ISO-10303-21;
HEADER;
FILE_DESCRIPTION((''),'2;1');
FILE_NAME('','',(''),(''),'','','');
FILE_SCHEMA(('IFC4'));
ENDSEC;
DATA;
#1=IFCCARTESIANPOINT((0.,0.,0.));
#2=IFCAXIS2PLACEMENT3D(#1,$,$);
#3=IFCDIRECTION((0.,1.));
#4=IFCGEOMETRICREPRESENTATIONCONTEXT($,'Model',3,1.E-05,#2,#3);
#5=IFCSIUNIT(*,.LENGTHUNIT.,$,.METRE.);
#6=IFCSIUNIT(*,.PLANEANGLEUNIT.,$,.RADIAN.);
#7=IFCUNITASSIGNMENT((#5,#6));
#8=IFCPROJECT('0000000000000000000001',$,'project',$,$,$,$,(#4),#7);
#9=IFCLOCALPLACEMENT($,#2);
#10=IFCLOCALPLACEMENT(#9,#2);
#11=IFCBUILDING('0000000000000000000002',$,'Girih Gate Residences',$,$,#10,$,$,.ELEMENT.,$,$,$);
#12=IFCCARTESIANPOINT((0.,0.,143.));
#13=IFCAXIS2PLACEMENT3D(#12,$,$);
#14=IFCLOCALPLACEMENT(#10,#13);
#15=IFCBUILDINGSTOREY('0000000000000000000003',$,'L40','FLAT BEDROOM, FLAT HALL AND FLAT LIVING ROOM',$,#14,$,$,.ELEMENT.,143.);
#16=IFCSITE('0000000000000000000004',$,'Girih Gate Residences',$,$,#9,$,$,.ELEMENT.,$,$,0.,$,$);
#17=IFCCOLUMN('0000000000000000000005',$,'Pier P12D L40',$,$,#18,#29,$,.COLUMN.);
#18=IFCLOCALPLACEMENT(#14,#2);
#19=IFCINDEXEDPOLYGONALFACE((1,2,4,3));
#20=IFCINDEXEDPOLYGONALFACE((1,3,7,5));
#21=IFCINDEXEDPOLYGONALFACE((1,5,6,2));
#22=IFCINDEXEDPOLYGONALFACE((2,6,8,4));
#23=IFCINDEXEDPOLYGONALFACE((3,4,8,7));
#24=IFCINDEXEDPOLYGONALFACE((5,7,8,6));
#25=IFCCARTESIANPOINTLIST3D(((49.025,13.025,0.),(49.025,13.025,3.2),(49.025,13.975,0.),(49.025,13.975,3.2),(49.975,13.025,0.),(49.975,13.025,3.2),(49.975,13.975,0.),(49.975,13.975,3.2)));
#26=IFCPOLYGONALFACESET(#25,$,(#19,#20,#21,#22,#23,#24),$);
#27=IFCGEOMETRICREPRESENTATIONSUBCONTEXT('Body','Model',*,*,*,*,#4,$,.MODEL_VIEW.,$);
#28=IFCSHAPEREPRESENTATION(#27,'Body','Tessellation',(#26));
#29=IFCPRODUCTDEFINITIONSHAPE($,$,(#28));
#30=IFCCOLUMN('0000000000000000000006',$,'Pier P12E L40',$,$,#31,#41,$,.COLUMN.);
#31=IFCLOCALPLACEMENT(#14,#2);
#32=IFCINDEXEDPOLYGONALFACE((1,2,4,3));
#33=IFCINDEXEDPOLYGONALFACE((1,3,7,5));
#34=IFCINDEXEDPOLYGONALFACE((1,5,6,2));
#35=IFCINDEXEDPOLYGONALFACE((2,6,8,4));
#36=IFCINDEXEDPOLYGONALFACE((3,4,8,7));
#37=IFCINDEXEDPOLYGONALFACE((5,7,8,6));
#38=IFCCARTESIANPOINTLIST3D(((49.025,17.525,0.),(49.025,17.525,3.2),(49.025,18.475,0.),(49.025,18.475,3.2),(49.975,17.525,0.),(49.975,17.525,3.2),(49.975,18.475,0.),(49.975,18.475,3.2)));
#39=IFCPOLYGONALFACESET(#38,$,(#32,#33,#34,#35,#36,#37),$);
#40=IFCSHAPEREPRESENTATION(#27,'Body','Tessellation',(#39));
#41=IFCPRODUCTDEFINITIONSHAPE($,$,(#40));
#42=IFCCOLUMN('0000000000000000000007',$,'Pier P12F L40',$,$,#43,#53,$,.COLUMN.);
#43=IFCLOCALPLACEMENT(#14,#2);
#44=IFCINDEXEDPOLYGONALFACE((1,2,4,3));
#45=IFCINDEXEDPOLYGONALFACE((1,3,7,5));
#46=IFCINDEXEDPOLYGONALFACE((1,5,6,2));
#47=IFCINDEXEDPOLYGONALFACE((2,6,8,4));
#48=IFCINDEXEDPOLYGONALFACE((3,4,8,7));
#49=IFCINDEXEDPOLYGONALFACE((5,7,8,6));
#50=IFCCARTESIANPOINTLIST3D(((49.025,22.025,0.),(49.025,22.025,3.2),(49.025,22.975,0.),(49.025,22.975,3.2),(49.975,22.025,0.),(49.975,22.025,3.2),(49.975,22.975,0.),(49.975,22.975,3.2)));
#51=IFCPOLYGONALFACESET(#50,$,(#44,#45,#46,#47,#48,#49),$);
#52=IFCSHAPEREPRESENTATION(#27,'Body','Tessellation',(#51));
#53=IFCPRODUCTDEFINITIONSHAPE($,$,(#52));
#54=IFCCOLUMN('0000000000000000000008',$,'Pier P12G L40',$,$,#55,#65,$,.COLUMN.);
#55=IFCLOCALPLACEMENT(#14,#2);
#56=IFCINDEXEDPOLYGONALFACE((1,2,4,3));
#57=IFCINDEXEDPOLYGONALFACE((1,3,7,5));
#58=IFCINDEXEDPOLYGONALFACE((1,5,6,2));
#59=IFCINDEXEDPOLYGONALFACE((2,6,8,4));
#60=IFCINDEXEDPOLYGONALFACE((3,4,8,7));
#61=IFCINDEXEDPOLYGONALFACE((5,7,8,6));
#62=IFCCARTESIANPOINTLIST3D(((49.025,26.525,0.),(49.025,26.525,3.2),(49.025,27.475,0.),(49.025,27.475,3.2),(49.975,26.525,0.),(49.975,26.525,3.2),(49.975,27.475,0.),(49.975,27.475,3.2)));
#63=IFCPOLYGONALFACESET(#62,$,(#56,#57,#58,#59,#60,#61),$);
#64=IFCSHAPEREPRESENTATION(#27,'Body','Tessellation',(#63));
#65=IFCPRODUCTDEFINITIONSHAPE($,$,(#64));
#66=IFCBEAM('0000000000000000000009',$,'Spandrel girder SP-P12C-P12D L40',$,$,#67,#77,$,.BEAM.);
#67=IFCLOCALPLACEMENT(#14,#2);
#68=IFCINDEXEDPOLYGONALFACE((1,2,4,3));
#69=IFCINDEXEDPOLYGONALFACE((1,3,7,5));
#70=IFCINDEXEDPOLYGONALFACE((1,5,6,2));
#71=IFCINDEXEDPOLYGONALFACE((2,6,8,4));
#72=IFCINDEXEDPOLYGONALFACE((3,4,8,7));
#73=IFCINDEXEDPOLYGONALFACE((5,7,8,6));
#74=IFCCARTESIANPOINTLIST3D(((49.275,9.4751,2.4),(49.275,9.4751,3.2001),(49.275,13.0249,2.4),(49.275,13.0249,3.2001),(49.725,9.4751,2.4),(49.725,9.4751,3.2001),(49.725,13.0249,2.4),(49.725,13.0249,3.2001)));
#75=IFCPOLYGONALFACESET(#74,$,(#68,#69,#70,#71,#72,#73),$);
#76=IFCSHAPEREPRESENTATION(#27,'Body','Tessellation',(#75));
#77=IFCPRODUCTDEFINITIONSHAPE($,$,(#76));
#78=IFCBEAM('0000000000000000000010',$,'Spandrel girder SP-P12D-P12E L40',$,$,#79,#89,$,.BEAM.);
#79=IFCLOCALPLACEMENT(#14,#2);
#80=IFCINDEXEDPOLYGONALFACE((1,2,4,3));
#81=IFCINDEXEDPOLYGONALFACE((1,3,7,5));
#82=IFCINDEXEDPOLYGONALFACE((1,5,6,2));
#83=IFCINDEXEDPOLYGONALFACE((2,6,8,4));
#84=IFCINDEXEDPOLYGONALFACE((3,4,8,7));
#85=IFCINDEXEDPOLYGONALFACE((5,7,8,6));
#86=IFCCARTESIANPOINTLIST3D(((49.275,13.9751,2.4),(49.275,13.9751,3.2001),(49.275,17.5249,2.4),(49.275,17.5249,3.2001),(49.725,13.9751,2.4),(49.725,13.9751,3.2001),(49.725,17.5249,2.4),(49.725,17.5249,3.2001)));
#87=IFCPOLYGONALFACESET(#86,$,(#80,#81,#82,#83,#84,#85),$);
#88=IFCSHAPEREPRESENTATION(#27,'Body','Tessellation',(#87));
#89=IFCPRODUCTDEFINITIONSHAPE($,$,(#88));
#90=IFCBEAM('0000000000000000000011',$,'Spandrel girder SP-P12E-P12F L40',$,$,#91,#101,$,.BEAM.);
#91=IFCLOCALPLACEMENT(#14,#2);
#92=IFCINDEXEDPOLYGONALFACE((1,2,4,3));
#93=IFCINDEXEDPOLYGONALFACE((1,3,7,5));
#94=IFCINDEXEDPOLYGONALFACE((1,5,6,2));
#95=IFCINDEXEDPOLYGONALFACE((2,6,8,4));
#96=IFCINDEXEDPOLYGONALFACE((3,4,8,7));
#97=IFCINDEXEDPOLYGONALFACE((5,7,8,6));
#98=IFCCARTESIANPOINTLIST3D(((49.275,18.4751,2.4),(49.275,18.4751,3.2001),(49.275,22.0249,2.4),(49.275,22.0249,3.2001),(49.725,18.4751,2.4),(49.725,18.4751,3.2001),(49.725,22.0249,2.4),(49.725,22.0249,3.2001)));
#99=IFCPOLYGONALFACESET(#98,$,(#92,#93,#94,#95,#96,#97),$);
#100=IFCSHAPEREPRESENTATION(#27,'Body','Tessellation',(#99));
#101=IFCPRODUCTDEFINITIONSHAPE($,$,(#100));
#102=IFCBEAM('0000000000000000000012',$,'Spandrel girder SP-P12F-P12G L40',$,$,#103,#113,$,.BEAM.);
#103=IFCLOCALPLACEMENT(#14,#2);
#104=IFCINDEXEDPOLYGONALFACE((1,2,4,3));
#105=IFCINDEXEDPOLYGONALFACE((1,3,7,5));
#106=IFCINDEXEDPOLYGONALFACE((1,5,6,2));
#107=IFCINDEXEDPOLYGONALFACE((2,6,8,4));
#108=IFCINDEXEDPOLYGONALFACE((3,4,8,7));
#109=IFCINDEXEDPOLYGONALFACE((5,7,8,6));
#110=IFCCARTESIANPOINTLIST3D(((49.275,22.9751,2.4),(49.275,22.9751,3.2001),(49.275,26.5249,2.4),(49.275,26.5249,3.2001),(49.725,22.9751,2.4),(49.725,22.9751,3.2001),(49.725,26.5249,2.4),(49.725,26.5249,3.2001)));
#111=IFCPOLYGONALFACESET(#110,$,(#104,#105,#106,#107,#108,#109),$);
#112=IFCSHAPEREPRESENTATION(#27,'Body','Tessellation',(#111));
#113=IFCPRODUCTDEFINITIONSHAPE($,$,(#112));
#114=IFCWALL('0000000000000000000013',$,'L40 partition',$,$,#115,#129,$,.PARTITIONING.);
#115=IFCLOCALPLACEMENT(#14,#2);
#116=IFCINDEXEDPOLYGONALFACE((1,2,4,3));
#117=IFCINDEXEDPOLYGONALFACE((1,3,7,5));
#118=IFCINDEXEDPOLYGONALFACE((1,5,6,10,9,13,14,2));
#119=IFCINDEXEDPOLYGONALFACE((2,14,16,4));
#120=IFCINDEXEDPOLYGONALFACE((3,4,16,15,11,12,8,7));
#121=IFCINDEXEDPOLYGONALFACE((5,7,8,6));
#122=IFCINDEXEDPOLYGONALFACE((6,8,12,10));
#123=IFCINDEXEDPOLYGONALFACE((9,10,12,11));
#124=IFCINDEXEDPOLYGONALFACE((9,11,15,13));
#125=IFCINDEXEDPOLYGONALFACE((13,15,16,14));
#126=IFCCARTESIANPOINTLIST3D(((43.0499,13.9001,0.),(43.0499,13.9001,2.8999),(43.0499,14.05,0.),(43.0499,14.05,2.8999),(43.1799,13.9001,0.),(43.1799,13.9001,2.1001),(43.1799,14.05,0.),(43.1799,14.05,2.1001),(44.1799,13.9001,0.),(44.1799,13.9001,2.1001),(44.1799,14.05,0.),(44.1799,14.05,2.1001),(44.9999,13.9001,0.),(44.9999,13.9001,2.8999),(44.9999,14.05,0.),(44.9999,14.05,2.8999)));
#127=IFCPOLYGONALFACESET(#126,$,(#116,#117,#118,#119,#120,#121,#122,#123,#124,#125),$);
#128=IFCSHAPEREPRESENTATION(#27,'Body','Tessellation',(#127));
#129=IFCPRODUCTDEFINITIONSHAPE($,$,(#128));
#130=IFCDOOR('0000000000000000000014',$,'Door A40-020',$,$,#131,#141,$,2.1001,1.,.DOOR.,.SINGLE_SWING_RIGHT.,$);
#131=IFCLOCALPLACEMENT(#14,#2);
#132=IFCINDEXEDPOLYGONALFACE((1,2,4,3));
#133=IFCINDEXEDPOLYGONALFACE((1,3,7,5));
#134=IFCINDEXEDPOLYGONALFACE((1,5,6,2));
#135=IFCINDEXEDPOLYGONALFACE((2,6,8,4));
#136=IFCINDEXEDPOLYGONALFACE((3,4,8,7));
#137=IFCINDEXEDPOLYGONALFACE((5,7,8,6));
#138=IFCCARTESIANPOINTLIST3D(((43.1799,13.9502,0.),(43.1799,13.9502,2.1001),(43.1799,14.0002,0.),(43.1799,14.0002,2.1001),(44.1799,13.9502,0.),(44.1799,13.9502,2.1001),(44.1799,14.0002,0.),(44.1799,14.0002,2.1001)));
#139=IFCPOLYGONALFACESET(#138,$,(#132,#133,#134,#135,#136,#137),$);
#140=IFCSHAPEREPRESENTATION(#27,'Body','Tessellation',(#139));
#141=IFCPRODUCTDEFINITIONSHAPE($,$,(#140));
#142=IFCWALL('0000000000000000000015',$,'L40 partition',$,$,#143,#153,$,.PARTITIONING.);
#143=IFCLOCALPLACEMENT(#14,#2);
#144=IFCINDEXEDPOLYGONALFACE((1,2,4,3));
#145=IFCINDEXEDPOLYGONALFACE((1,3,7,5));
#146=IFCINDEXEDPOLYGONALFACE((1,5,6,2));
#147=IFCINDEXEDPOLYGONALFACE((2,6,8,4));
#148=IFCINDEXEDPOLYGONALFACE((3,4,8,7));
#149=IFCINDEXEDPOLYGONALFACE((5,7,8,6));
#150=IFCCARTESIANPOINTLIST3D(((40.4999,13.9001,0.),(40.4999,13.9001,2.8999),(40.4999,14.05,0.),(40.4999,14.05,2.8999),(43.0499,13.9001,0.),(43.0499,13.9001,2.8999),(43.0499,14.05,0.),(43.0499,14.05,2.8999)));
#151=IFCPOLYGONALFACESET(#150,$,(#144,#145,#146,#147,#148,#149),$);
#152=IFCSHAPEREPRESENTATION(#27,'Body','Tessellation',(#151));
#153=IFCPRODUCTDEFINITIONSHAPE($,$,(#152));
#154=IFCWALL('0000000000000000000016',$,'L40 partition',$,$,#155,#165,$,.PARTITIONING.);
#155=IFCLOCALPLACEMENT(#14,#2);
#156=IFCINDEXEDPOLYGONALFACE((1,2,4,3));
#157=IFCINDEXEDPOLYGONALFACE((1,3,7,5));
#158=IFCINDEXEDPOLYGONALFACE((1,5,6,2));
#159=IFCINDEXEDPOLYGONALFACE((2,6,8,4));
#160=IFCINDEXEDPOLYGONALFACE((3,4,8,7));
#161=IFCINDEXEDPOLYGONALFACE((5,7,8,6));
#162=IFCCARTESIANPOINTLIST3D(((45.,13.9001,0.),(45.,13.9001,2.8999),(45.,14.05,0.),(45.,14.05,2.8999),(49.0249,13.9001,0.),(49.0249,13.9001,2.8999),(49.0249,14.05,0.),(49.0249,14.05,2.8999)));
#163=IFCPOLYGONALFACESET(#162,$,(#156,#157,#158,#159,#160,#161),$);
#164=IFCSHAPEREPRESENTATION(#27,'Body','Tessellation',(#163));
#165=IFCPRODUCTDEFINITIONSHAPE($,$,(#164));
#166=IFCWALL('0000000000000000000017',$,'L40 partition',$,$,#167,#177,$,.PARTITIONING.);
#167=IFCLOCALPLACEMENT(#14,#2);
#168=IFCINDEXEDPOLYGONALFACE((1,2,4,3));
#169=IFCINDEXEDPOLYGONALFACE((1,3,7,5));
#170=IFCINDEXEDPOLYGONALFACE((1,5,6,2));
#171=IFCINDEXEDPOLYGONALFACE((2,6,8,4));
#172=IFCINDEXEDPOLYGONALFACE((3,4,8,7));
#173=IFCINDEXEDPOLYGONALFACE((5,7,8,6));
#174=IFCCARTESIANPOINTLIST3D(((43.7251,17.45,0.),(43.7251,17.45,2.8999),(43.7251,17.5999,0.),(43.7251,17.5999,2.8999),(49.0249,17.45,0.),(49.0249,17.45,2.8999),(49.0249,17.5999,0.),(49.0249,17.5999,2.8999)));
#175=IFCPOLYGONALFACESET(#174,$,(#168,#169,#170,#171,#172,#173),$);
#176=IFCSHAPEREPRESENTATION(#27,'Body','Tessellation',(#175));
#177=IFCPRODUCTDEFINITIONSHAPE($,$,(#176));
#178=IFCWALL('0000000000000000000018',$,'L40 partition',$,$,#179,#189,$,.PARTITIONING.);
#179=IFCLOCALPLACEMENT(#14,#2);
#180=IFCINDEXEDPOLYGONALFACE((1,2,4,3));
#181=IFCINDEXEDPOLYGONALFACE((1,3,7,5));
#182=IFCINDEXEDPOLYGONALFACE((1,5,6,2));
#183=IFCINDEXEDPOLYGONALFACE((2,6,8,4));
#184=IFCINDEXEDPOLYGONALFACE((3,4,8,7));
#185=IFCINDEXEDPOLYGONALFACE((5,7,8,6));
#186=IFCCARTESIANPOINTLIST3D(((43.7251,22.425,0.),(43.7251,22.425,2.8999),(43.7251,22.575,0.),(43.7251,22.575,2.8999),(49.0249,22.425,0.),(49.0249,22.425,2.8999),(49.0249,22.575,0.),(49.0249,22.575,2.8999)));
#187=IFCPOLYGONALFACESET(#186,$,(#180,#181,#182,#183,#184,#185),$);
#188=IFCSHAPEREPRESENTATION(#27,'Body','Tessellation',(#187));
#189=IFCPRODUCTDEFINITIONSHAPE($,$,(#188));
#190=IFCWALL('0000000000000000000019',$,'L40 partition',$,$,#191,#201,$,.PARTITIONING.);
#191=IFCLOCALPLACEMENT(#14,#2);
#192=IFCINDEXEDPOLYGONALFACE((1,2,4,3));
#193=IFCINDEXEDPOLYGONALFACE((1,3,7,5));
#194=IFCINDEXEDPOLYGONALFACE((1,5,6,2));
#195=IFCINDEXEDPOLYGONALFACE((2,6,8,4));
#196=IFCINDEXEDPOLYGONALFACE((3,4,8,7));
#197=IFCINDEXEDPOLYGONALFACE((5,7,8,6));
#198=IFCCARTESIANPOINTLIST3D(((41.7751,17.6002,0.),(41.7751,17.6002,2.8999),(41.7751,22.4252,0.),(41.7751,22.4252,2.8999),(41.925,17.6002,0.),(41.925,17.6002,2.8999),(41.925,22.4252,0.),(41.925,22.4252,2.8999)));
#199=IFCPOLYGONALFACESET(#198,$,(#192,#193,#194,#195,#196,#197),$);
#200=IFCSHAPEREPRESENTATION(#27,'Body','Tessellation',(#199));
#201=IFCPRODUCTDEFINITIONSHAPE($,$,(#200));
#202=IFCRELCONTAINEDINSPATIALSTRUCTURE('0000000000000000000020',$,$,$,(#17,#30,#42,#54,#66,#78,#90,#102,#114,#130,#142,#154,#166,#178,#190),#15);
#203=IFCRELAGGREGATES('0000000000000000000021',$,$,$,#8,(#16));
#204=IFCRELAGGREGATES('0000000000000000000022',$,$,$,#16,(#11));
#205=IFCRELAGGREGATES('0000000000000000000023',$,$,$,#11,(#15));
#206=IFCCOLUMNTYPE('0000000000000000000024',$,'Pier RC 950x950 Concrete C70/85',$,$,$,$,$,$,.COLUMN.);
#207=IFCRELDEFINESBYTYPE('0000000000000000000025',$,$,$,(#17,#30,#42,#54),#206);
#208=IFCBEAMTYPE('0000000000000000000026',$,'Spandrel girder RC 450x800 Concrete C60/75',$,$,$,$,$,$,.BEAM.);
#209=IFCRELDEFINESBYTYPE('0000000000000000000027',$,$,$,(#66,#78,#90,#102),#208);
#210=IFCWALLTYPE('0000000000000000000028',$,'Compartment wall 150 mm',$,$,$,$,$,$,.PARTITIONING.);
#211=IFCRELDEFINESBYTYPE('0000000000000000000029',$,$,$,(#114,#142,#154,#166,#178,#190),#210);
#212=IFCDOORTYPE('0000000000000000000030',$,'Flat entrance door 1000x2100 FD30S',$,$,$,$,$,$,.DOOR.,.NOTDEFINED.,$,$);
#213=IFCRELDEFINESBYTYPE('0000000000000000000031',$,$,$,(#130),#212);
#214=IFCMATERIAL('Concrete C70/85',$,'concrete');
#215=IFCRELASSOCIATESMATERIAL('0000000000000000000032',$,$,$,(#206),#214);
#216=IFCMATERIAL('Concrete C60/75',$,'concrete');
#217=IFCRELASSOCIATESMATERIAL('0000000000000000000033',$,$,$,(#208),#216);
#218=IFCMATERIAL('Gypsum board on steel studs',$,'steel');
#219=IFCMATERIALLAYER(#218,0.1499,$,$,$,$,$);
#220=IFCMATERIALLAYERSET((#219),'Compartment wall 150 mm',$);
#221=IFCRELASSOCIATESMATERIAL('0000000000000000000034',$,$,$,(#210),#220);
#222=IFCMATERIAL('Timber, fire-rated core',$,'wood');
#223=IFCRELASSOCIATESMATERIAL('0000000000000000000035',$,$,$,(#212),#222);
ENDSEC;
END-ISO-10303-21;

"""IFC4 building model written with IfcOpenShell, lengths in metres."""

from ifc_helpers import new_model, si_unit, direction, frame, frame_2d, origin, origin_2d, place, context, subcontext, project, spatial, rectangle, extrude, material, layer, layer_set, material_profile, profile_set, type_object, element, fill, save


model = new_model("IFC4")

# Units and contexts
model_context = context("Model", 3, precision=1e-05, world=origin(), true_north=direction((0.0, 1.0)))
body_context = subcontext(model_context, "Body", "Model", "MODEL_VIEW")
ifc_project = project(units=[si_unit("LENGTHUNIT", "METRE"), si_unit("PLANEANGLEUNIT", "RADIAN")], contexts=[model_context])

# Site, building, storey
site_placement = place(None, origin())
site = spatial("IfcSite", under=ifc_project, at=site_placement, Name="Girih Gate Residences", CompositionType="ELEMENT", RefElevation=0.0)
building_placement = place(site_placement, origin())
building = spatial("IfcBuilding", under=site, at=building_placement, Name="Girih Gate Residences", CompositionType="ELEMENT")
storey_placement = place(building_placement, frame((0.0, 0.0, 143.0)))
storey = spatial("IfcBuildingStorey", under=building, at=storey_placement, Name="L40", Description="FLAT BEDROOM, FLAT HALL AND FLAT LIVING ROOM", CompositionType="ELEMENT", Elevation=143.0)

# Columns
ifc_material_1 = material(Name="Concrete C70/85", Category="concrete")
ifc_material_profile_1 = material_profile(ifc_material_1, rectangle(XDim=0.95, YDim=0.95, at=origin_2d()))
ifc_profile_set_1 = profile_set([ifc_material_profile_1], Name="Concrete C70/85")
column_type = type_object("IfcColumnType", Name="Pier RC 950x950 Concrete C70/85", PredefinedType="COLUMN", material=ifc_profile_set_1)
for number, where, z_axis, x_axis, name in (
    (1, (49.5, 13.5, 0.0), (0.0, 0.0, 1.0), (1.0, 0.0, 0.0), "Pier P12D L40"),
    (2, (49.5, 18.0, 0.0), (0.0, 0.0, 1.0), (1.0, 0.0, 0.0), "Pier P12E L40"),
    (3, (49.5, 22.5, 0.0), (0.0, 0.0, 1.0), (1.0, 0.0, 0.0), "Pier P12F L40"),
    (4, (49.5, 27.0, 0.0), (0.0, 0.0, 1.0), (1.0, 0.0, 0.0), "Pier P12G L40"),
):
    element("IfcColumn", number, at=place(storey_placement, frame(where, z_axis=z_axis, x_axis=x_axis)), inside=storey, type_object=column_type, Name=name, PredefinedType="COLUMN", context=body_context, shape_type="SweptSolid", body=[
        extrude(rectangle(XDim=0.95, YDim=0.95, at=origin_2d()), origin(), (0.0, 0.0, 1.0), 3.2),
    ])

# Beams
ifc_material_2 = material(Name="Concrete C60/75", Category="concrete")
ifc_material_profile_2 = material_profile(ifc_material_2, rectangle(XDim=0.45, YDim=0.8, at=origin_2d()))
ifc_profile_set_2 = profile_set([ifc_material_profile_2], Name="Concrete C60/75")
beam_type = type_object("IfcBeamType", Name="Spandrel girder RC 450x800 Concrete C60/75", PredefinedType="BEAM", material=ifc_profile_set_2)
for number, where, z_axis, x_axis, name in (
    (5, (49.5, 9.4751, 2.8), (0.0, 1.0, 0.0), (-1.0, 0.0, 0.0), "Spandrel girder SP-P12C-P12D L40"),
    (6, (49.5, 13.9751, 2.8), (0.0, 1.0, 0.0), (-1.0, 0.0, 0.0), "Spandrel girder SP-P12D-P12E L40"),
    (7, (49.5, 18.4751, 2.8), (0.0, 1.0, 0.0), (-1.0, 0.0, 0.0), "Spandrel girder SP-P12E-P12F L40"),
    (8, (49.5, 22.9751, 2.8), (0.0, 1.0, 0.0), (-1.0, 0.0, 0.0), "Spandrel girder SP-P12F-P12G L40"),
):
    element("IfcBeam", number, at=place(storey_placement, frame(where, z_axis=z_axis, x_axis=x_axis)), inside=storey, type_object=beam_type, Name=name, PredefinedType="BEAM", context=body_context, shape_type="SweptSolid", body=[
        extrude(rectangle(XDim=0.45, YDim=0.8, at=origin_2d()), origin(), (0.0, 0.0, 1.0), 3.5498),
    ])

# Wall, opening, door
ifc_material_3 = material(Name="Gypsum board on steel studs", Category="steel")
ifc_layer_1 = layer(ifc_material_3, 0.1499)
ifc_layer_set_1 = layer_set([ifc_layer_1], Name="Compartment wall 150 mm")
wall_type_1 = type_object("IfcWallType", Name="Compartment wall 150 mm", PredefinedType="PARTITIONING", material=ifc_layer_set_1)
wall_1_placement = place(storey_placement, frame((45.0, 13.9751, 0.0), z_axis=(0.0, 0.0, 1.0), x_axis=(-1.0, 0.0, 0.0)))
wall_1 = element("IfcWall", 9, at=wall_1_placement, inside=storey, type_object=wall_type_1, Name="L40 partition", PredefinedType="PARTITIONING", context=body_context, shape_type="SweptSolid", body=[
    extrude(rectangle(XDim=1.95, YDim=0.1499, at=frame_2d((0.9751, 0.0))), origin(), (0.0, 0.0, 1.0), 2.8999),
])
opening_1_placement = place(wall_1_placement, frame((0.8201, 0.0, 0.0)))
opening_1 = element("IfcOpeningElement", 10, at=opening_1_placement, cuts=wall_1, PredefinedType="OPENING", context=body_context, shape_type="SweptSolid", body=[
    extrude(rectangle(XDim=1.0, YDim=2.1001, at=frame_2d((0.5, 1.05))), frame((0.0, 0.085, 0.0), z_axis=(0.0, -1.0, 0.0), x_axis=(1.0, 0.0, 0.0)), (0.0, 0.0, 1.0), 0.1699),
])
ifc_material_4 = material(Name="Timber, fire-rated core", Category="wood")
door_type_1 = type_object("IfcDoorType", Name="Flat entrance door 1000x2100 FD30S", OperationType="NOTDEFINED", PredefinedType="DOOR", material=ifc_material_4)
door_1_placement = place(opening_1_placement, origin())
door_1 = element("IfcDoor", 11, at=door_1_placement, inside=storey, type_object=door_type_1, Name="Door A40-020", OperationType="SINGLE_SWING_RIGHT", OverallHeight=2.1001, OverallWidth=1.0, PredefinedType="DOOR", context=body_context, shape_type="SweptSolid", body=[
    extrude(rectangle(XDim=1.0, YDim=2.1001, at=frame_2d((0.5, 1.05))), frame((0.0, 0.0249, 0.0), z_axis=(0.0, -1.0, 0.0), x_axis=(1.0, 0.0, 0.0)), (0.0, 0.0, 1.0), 0.05),
])
fill(opening_1, door_1)

# Walls
wall_2_placement = place(storey_placement, frame((40.5, 13.9751, 0.0), z_axis=(0.0, 0.0, 1.0), x_axis=(1.0, 0.0, 0.0)))
element("IfcWall", 12, at=wall_2_placement, inside=storey, type_object=wall_type_1, Name="L40 partition", PredefinedType="PARTITIONING", context=body_context, shape_type="SweptSolid", body=[
    extrude(rectangle(XDim=2.55, YDim=0.1499, at=frame_2d((1.2749, 0.0))), origin(), (0.0, 0.0, 1.0), 2.8999),
])
wall_3_placement = place(storey_placement, frame((45.0, 13.9751, 0.0), z_axis=(0.0, 0.0, 1.0), x_axis=(1.0, 0.0, 0.0)))
element("IfcWall", 13, at=wall_3_placement, inside=storey, type_object=wall_type_1, Name="L40 partition", PredefinedType="PARTITIONING", context=body_context, shape_type="SweptSolid", body=[
    extrude(rectangle(XDim=4.0249, YDim=0.1499, at=frame_2d((2.0125, 0.0))), origin(), (0.0, 0.0, 1.0), 2.8999),
])
for number, where, z_axis, x_axis, name in (
    (14, (43.7251, 17.5249, 0.0), (0.0, 0.0, 1.0), (1.0, 0.0, 0.0), "L40 partition"),
    (15, (43.7251, 22.5, 0.0), (0.0, 0.0, 1.0), (1.0, 0.0, 0.0), "L40 partition"),
):
    element("IfcWall", number, at=place(storey_placement, frame(where, z_axis=z_axis, x_axis=x_axis)), inside=storey, type_object=wall_type_1, Name=name, PredefinedType="PARTITIONING", context=body_context, shape_type="SweptSolid", body=[
        extrude(rectangle(XDim=5.2998, YDim=0.1499, at=frame_2d((2.6499, 0.0))), origin(), (0.0, 0.0, 1.0), 2.8999),
    ])
wall_4_placement = place(storey_placement, frame((41.8501, 17.6001, 0.0), z_axis=(0.0, 0.0, 1.0), x_axis=(0.0, 1.0, 0.0)))
element("IfcWall", 16, at=wall_4_placement, inside=storey, type_object=wall_type_1, Name="L40 partition", PredefinedType="PARTITIONING", context=body_context, shape_type="SweptSolid", body=[
    extrude(rectangle(XDim=4.825, YDim=0.1499, at=frame_2d((2.4126, 0.0))), origin(), (0.0, 0.0, 1.0), 2.8999),
])

save(model, "model.ifc")
